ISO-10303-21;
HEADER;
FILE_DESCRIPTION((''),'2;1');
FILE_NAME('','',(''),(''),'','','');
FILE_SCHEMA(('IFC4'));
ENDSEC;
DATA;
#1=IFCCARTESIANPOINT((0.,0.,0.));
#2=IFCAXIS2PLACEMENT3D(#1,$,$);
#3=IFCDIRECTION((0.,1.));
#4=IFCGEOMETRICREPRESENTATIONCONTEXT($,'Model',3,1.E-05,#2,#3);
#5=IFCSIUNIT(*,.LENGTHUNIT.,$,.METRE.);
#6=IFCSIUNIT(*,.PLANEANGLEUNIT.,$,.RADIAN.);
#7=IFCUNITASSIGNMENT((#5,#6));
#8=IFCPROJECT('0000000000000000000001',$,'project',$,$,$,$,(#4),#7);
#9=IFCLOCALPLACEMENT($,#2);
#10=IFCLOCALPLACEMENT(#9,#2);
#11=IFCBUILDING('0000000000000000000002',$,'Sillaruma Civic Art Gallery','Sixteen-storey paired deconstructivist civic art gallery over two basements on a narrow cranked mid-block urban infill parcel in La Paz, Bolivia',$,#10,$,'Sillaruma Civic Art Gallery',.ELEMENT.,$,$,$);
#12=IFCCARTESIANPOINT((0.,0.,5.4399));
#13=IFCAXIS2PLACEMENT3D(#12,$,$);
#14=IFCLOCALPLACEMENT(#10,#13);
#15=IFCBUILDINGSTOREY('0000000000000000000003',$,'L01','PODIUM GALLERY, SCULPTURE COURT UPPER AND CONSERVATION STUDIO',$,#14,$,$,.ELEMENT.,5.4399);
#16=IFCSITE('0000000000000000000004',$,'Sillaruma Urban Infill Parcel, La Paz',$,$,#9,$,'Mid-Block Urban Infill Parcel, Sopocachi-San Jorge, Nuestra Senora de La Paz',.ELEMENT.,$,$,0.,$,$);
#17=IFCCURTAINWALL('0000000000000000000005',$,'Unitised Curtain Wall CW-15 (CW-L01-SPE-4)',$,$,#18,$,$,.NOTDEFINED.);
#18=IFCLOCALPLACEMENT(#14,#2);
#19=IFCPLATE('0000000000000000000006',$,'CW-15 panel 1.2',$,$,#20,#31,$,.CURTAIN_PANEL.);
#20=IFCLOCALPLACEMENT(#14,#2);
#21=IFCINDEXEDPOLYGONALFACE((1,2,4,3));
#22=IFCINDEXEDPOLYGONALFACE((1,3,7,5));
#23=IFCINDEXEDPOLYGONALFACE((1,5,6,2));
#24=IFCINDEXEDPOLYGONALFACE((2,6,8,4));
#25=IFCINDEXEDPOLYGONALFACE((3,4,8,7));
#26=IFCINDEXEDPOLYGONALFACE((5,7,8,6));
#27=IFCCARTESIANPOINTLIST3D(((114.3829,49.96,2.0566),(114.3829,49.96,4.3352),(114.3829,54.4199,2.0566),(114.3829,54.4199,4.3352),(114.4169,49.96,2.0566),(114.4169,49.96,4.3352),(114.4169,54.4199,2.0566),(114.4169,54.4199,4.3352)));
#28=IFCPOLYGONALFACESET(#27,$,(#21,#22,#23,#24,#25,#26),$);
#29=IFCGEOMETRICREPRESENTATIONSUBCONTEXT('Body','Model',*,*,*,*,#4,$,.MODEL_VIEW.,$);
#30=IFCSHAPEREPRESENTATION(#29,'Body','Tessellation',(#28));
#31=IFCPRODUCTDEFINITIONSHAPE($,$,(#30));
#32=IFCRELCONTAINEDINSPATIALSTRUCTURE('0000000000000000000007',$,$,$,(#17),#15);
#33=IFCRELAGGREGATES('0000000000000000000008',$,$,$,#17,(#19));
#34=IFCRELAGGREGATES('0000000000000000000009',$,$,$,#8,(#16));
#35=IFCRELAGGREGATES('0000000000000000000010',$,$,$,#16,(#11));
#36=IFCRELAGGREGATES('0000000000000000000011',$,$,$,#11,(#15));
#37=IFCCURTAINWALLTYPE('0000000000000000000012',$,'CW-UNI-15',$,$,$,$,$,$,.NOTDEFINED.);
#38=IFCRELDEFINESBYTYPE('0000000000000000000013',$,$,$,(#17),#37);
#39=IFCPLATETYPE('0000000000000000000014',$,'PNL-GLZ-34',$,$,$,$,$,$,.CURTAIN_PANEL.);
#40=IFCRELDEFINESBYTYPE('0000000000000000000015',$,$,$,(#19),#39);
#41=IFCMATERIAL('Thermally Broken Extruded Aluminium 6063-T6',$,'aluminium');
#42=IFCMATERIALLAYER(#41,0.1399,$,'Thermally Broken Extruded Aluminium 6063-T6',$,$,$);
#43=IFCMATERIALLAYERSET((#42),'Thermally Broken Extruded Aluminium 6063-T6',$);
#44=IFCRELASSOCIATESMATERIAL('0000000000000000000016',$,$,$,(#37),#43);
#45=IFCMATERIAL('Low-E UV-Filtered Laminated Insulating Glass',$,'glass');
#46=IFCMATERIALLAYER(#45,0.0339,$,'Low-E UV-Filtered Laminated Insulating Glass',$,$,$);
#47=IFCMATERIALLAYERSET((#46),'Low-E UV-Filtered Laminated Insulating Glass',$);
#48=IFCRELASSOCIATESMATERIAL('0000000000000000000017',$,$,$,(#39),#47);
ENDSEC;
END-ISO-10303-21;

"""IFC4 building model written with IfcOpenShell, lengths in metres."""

from ifc_helpers import new_model, si_unit, direction, frame, origin, origin_2d, place, context, subcontext, project, spatial, rectangle, extrude, material, layer, layer_set, type_object, element, aggregate, save


model = new_model("IFC4")

# Units and contexts
model_context = context("Model", 3, precision=1e-05, world=origin(), true_north=direction((0.0, 1.0)))
body_context = subcontext(model_context, "Body", "Model", "MODEL_VIEW")
ifc_project = project(units=[si_unit("LENGTHUNIT", "METRE"), si_unit("PLANEANGLEUNIT", "RADIAN")], contexts=[model_context])

# Site, building, storey
site_placement = place(None, origin())
site = spatial("IfcSite", under=ifc_project, at=site_placement, Name="Sillaruma Urban Infill Parcel, La Paz", LongName="Mid-Block Urban Infill Parcel, Sopocachi-San Jorge, Nuestra Senora de La Paz", CompositionType="ELEMENT", RefElevation=0.0)
building_placement = place(site_placement, origin())
building = spatial("IfcBuilding", under=site, at=building_placement, Name="Sillaruma Civic Art Gallery", Description="Sixteen-storey paired deconstructivist civic art gallery over two basements on a narrow cranked mid-block urban infill parcel in La Paz, Bolivia", LongName="Sillaruma Civic Art Gallery", CompositionType="ELEMENT")
storey_placement = place(building_placement, frame((0.0, 0.0, 5.4399)))
storey = spatial("IfcBuildingStorey", under=building, at=storey_placement, Name="L01", Description="PODIUM GALLERY, SCULPTURE COURT UPPER AND CONSERVATION STUDIO", CompositionType="ELEMENT", Elevation=5.4399)

# Curtain wall
ifc_material_1 = material(Name="Thermally Broken Extruded Aluminium 6063-T6", Category="aluminium")
ifc_layer_1 = layer(ifc_material_1, 0.1399, Name="Thermally Broken Extruded Aluminium 6063-T6")
ifc_layer_set_1 = layer_set([ifc_layer_1], Name="Thermally Broken Extruded Aluminium 6063-T6")
curtain_wall_type_1 = type_object("IfcCurtainWallType", Name="CW-UNI-15", PredefinedType="NOTDEFINED", material=ifc_layer_set_1)
curtain_wall_1_placement = place(storey_placement, origin())
curtain_wall_1 = element("IfcCurtainWall", 1, at=curtain_wall_1_placement, inside=storey, type_object=curtain_wall_type_1, Name="Unitised Curtain Wall CW-15 (CW-L01-SPE-4)", PredefinedType="NOTDEFINED")

# Plate
ifc_material_2 = material(Name="Low-E UV-Filtered Laminated Insulating Glass", Category="glass")
ifc_layer_2 = layer(ifc_material_2, 0.0339, Name="Low-E UV-Filtered Laminated Insulating Glass")
ifc_layer_set_2 = layer_set([ifc_layer_2], Name="Low-E UV-Filtered Laminated Insulating Glass")
plate_type_1 = type_object("IfcPlateType", Name="PNL-GLZ-34", PredefinedType="CURTAIN_PANEL", material=ifc_layer_set_2)
plate_1_placement = place(storey_placement, frame((114.3999, 52.1899, 2.0566), z_axis=(0.0, 0.0, 1.0), x_axis=(0.0, 1.0, 0.0)))
plate_1 = element("IfcPlate", 2, at=plate_1_placement, type_object=plate_type_1, Name="CW-15 panel 1.2", PredefinedType="CURTAIN_PANEL", context=body_context, shape_type="SweptSolid", body=[
    extrude(rectangle(XDim=4.46, YDim=0.0339, at=origin_2d()), origin(), (0.0, 0.0, 1.0), 2.2786),
])
aggregate(curtain_wall_1, [plate_1])

save(model, "model.ifc")
